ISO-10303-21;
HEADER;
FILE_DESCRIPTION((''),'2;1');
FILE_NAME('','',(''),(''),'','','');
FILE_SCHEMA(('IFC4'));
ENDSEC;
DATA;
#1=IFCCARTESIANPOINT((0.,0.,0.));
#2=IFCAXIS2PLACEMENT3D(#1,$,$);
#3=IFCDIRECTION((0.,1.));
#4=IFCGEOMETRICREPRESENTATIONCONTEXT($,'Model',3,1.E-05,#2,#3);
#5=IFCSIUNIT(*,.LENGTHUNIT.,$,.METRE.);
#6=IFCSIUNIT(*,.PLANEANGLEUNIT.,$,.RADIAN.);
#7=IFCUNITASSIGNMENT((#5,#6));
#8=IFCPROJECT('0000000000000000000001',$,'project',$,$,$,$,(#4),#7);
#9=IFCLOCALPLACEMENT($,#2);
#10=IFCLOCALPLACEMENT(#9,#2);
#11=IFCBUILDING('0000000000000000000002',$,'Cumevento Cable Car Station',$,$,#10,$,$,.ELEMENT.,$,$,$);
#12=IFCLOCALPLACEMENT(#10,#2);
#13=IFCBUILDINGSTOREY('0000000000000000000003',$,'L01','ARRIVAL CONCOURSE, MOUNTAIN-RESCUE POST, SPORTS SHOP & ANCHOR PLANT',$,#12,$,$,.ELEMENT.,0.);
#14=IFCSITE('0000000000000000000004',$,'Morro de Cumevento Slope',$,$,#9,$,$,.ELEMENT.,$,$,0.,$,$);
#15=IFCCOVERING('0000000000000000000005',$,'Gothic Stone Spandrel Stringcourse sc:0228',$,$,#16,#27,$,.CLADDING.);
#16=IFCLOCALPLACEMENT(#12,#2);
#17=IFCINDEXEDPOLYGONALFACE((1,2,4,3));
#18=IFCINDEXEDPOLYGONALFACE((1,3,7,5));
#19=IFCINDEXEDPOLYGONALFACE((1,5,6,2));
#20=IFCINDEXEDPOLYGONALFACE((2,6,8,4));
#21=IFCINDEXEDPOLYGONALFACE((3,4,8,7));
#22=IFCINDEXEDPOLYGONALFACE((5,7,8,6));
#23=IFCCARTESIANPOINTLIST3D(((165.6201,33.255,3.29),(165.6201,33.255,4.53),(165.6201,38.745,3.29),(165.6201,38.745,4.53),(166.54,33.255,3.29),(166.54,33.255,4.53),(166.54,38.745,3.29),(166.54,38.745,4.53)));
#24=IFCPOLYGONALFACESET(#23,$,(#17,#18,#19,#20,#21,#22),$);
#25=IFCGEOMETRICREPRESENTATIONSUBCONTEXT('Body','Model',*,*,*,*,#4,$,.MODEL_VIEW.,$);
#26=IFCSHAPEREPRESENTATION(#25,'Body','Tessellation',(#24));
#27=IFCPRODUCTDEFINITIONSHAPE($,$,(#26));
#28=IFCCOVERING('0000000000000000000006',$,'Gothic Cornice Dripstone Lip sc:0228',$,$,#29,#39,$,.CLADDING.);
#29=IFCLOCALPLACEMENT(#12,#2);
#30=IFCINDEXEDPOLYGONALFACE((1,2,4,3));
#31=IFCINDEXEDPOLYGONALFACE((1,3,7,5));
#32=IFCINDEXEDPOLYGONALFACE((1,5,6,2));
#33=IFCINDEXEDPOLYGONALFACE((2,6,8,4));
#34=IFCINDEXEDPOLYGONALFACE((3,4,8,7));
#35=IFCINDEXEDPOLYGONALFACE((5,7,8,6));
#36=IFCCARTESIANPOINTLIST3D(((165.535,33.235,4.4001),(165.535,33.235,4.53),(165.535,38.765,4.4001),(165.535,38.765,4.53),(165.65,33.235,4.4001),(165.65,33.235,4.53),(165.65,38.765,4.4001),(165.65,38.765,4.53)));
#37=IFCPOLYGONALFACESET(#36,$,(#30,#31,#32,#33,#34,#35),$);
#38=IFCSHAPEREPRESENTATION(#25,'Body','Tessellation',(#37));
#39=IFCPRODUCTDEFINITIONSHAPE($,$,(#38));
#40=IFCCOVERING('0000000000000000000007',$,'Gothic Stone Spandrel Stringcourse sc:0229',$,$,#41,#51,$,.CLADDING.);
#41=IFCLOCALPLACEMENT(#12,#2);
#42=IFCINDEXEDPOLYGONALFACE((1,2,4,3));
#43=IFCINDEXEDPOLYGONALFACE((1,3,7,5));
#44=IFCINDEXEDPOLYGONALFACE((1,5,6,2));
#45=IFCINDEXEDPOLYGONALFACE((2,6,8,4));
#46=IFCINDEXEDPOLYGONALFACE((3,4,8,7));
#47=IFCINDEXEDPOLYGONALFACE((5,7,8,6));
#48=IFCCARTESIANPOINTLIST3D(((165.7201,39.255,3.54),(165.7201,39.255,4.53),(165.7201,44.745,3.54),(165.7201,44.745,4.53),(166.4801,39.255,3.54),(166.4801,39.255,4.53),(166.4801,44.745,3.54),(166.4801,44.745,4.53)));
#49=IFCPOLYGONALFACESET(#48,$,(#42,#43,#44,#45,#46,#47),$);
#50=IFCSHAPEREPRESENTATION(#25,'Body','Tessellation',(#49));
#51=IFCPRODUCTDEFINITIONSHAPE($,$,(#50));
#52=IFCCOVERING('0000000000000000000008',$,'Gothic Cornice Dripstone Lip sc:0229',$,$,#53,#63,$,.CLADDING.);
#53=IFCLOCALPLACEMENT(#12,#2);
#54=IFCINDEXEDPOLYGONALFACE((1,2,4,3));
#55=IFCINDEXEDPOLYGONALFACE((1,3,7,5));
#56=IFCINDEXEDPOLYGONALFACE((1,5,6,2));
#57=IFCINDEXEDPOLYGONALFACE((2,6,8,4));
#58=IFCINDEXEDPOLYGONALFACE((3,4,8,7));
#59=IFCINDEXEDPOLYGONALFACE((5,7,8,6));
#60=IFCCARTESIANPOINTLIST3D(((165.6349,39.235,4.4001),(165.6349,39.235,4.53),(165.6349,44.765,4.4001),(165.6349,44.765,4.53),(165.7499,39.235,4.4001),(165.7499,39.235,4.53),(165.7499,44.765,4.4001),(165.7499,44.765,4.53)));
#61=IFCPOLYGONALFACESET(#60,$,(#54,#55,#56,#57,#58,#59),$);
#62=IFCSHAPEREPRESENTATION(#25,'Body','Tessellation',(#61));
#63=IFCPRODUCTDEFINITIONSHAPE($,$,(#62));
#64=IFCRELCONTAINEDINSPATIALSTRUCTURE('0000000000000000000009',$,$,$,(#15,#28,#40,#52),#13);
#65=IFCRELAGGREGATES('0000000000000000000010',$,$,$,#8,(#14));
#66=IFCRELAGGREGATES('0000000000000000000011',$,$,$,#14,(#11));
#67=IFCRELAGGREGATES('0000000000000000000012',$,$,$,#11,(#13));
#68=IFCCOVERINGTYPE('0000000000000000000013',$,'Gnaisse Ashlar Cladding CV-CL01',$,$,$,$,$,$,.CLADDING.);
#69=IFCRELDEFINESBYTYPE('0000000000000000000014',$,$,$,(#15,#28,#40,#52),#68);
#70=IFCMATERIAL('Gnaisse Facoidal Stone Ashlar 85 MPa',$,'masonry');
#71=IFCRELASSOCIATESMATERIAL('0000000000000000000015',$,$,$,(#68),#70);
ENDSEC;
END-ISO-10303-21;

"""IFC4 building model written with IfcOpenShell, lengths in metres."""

from ifc_helpers import new_model, si_unit, direction, frame, origin, origin_2d, place, context, subcontext, project, spatial, rectangle, extrude, material, type_object, element, save


model = new_model("IFC4")

# Units and contexts
model_context = context("Model", 3, precision=1e-05, world=origin(), true_north=direction((0.0, 1.0)))
body_context = subcontext(model_context, "Body", "Model", "MODEL_VIEW")
ifc_project = project(units=[si_unit("LENGTHUNIT", "METRE"), si_unit("PLANEANGLEUNIT", "RADIAN")], contexts=[model_context])

# Site, building, storey
site_placement = place(None, origin())
site = spatial("IfcSite", under=ifc_project, at=site_placement, Name="Morro de Cumevento Slope", CompositionType="ELEMENT", RefElevation=0.0)
building_placement = place(site_placement, origin())
building = spatial("IfcBuilding", under=site, at=building_placement, Name="Cumevento Cable Car Station", CompositionType="ELEMENT")
storey_placement = place(building_placement, origin())
storey = spatial("IfcBuildingStorey", under=building, at=storey_placement, Name="L01", Description="ARRIVAL CONCOURSE, MOUNTAIN-RESCUE POST, SPORTS SHOP & ANCHOR PLANT", CompositionType="ELEMENT", Elevation=0.0)

# Coverings
ifc_material_1 = material(Name="Gnaisse Facoidal Stone Ashlar 85 MPa", Category="masonry")
covering_type = type_object("IfcCoveringType", Name="Gnaisse Ashlar Cladding CV-CL01", PredefinedType="CLADDING", material=ifc_material_1)
covering_1_placement = place(storey_placement, frame((166.0801, 36.0, 3.29), z_axis=(0.0, 0.0, 1.0), x_axis=(0.0, 1.0, 0.0)))
element("IfcCovering", 1, at=covering_1_placement, inside=storey, type_object=covering_type, Name="Gothic Stone Spandrel Stringcourse sc:0228", PredefinedType="CLADDING", context=body_context, shape_type="SweptSolid", body=[
    extrude(rectangle(XDim=5.49, YDim=0.9199, at=origin_2d()), origin(), (0.0, 0.0, 1.0), 1.24),
])
covering_2_placement = place(storey_placement, frame((165.5925, 36.0, 4.4001), z_axis=(0.0, 0.0, 1.0), x_axis=(0.0, 1.0, 0.0)))
element("IfcCovering", 2, at=covering_2_placement, inside=storey, type_object=covering_type, Name="Gothic Cornice Dripstone Lip sc:0228", PredefinedType="CLADDING", context=body_context, shape_type="SweptSolid", body=[
    extrude(rectangle(XDim=5.53, YDim=0.115, at=origin_2d()), origin(), (0.0, 0.0, 1.0), 0.1299),
])
covering_3_placement = place(storey_placement, frame((166.1001, 42.0, 3.54), z_axis=(0.0, 0.0, 1.0), x_axis=(0.0, 1.0, 0.0)))
element("IfcCovering", 3, at=covering_3_placement, inside=storey, type_object=covering_type, Name="Gothic Stone Spandrel Stringcourse sc:0229", PredefinedType="CLADDING", context=body_context, shape_type="SweptSolid", body=[
    extrude(rectangle(XDim=5.49, YDim=0.76, at=origin_2d()), origin(), (0.0, 0.0, 1.0), 0.99),
])
covering_4_placement = place(storey_placement, frame((165.6924, 42.0, 4.4001), z_axis=(0.0, 0.0, 1.0), x_axis=(0.0, 1.0, 0.0)))
element("IfcCovering", 4, at=covering_4_placement, inside=storey, type_object=covering_type, Name="Gothic Cornice Dripstone Lip sc:0229", PredefinedType="CLADDING", context=body_context, shape_type="SweptSolid", body=[
    extrude(rectangle(XDim=5.53, YDim=0.115, at=origin_2d()), origin(), (0.0, 0.0, 1.0), 0.1299),
])

save(model, "model.ifc")
